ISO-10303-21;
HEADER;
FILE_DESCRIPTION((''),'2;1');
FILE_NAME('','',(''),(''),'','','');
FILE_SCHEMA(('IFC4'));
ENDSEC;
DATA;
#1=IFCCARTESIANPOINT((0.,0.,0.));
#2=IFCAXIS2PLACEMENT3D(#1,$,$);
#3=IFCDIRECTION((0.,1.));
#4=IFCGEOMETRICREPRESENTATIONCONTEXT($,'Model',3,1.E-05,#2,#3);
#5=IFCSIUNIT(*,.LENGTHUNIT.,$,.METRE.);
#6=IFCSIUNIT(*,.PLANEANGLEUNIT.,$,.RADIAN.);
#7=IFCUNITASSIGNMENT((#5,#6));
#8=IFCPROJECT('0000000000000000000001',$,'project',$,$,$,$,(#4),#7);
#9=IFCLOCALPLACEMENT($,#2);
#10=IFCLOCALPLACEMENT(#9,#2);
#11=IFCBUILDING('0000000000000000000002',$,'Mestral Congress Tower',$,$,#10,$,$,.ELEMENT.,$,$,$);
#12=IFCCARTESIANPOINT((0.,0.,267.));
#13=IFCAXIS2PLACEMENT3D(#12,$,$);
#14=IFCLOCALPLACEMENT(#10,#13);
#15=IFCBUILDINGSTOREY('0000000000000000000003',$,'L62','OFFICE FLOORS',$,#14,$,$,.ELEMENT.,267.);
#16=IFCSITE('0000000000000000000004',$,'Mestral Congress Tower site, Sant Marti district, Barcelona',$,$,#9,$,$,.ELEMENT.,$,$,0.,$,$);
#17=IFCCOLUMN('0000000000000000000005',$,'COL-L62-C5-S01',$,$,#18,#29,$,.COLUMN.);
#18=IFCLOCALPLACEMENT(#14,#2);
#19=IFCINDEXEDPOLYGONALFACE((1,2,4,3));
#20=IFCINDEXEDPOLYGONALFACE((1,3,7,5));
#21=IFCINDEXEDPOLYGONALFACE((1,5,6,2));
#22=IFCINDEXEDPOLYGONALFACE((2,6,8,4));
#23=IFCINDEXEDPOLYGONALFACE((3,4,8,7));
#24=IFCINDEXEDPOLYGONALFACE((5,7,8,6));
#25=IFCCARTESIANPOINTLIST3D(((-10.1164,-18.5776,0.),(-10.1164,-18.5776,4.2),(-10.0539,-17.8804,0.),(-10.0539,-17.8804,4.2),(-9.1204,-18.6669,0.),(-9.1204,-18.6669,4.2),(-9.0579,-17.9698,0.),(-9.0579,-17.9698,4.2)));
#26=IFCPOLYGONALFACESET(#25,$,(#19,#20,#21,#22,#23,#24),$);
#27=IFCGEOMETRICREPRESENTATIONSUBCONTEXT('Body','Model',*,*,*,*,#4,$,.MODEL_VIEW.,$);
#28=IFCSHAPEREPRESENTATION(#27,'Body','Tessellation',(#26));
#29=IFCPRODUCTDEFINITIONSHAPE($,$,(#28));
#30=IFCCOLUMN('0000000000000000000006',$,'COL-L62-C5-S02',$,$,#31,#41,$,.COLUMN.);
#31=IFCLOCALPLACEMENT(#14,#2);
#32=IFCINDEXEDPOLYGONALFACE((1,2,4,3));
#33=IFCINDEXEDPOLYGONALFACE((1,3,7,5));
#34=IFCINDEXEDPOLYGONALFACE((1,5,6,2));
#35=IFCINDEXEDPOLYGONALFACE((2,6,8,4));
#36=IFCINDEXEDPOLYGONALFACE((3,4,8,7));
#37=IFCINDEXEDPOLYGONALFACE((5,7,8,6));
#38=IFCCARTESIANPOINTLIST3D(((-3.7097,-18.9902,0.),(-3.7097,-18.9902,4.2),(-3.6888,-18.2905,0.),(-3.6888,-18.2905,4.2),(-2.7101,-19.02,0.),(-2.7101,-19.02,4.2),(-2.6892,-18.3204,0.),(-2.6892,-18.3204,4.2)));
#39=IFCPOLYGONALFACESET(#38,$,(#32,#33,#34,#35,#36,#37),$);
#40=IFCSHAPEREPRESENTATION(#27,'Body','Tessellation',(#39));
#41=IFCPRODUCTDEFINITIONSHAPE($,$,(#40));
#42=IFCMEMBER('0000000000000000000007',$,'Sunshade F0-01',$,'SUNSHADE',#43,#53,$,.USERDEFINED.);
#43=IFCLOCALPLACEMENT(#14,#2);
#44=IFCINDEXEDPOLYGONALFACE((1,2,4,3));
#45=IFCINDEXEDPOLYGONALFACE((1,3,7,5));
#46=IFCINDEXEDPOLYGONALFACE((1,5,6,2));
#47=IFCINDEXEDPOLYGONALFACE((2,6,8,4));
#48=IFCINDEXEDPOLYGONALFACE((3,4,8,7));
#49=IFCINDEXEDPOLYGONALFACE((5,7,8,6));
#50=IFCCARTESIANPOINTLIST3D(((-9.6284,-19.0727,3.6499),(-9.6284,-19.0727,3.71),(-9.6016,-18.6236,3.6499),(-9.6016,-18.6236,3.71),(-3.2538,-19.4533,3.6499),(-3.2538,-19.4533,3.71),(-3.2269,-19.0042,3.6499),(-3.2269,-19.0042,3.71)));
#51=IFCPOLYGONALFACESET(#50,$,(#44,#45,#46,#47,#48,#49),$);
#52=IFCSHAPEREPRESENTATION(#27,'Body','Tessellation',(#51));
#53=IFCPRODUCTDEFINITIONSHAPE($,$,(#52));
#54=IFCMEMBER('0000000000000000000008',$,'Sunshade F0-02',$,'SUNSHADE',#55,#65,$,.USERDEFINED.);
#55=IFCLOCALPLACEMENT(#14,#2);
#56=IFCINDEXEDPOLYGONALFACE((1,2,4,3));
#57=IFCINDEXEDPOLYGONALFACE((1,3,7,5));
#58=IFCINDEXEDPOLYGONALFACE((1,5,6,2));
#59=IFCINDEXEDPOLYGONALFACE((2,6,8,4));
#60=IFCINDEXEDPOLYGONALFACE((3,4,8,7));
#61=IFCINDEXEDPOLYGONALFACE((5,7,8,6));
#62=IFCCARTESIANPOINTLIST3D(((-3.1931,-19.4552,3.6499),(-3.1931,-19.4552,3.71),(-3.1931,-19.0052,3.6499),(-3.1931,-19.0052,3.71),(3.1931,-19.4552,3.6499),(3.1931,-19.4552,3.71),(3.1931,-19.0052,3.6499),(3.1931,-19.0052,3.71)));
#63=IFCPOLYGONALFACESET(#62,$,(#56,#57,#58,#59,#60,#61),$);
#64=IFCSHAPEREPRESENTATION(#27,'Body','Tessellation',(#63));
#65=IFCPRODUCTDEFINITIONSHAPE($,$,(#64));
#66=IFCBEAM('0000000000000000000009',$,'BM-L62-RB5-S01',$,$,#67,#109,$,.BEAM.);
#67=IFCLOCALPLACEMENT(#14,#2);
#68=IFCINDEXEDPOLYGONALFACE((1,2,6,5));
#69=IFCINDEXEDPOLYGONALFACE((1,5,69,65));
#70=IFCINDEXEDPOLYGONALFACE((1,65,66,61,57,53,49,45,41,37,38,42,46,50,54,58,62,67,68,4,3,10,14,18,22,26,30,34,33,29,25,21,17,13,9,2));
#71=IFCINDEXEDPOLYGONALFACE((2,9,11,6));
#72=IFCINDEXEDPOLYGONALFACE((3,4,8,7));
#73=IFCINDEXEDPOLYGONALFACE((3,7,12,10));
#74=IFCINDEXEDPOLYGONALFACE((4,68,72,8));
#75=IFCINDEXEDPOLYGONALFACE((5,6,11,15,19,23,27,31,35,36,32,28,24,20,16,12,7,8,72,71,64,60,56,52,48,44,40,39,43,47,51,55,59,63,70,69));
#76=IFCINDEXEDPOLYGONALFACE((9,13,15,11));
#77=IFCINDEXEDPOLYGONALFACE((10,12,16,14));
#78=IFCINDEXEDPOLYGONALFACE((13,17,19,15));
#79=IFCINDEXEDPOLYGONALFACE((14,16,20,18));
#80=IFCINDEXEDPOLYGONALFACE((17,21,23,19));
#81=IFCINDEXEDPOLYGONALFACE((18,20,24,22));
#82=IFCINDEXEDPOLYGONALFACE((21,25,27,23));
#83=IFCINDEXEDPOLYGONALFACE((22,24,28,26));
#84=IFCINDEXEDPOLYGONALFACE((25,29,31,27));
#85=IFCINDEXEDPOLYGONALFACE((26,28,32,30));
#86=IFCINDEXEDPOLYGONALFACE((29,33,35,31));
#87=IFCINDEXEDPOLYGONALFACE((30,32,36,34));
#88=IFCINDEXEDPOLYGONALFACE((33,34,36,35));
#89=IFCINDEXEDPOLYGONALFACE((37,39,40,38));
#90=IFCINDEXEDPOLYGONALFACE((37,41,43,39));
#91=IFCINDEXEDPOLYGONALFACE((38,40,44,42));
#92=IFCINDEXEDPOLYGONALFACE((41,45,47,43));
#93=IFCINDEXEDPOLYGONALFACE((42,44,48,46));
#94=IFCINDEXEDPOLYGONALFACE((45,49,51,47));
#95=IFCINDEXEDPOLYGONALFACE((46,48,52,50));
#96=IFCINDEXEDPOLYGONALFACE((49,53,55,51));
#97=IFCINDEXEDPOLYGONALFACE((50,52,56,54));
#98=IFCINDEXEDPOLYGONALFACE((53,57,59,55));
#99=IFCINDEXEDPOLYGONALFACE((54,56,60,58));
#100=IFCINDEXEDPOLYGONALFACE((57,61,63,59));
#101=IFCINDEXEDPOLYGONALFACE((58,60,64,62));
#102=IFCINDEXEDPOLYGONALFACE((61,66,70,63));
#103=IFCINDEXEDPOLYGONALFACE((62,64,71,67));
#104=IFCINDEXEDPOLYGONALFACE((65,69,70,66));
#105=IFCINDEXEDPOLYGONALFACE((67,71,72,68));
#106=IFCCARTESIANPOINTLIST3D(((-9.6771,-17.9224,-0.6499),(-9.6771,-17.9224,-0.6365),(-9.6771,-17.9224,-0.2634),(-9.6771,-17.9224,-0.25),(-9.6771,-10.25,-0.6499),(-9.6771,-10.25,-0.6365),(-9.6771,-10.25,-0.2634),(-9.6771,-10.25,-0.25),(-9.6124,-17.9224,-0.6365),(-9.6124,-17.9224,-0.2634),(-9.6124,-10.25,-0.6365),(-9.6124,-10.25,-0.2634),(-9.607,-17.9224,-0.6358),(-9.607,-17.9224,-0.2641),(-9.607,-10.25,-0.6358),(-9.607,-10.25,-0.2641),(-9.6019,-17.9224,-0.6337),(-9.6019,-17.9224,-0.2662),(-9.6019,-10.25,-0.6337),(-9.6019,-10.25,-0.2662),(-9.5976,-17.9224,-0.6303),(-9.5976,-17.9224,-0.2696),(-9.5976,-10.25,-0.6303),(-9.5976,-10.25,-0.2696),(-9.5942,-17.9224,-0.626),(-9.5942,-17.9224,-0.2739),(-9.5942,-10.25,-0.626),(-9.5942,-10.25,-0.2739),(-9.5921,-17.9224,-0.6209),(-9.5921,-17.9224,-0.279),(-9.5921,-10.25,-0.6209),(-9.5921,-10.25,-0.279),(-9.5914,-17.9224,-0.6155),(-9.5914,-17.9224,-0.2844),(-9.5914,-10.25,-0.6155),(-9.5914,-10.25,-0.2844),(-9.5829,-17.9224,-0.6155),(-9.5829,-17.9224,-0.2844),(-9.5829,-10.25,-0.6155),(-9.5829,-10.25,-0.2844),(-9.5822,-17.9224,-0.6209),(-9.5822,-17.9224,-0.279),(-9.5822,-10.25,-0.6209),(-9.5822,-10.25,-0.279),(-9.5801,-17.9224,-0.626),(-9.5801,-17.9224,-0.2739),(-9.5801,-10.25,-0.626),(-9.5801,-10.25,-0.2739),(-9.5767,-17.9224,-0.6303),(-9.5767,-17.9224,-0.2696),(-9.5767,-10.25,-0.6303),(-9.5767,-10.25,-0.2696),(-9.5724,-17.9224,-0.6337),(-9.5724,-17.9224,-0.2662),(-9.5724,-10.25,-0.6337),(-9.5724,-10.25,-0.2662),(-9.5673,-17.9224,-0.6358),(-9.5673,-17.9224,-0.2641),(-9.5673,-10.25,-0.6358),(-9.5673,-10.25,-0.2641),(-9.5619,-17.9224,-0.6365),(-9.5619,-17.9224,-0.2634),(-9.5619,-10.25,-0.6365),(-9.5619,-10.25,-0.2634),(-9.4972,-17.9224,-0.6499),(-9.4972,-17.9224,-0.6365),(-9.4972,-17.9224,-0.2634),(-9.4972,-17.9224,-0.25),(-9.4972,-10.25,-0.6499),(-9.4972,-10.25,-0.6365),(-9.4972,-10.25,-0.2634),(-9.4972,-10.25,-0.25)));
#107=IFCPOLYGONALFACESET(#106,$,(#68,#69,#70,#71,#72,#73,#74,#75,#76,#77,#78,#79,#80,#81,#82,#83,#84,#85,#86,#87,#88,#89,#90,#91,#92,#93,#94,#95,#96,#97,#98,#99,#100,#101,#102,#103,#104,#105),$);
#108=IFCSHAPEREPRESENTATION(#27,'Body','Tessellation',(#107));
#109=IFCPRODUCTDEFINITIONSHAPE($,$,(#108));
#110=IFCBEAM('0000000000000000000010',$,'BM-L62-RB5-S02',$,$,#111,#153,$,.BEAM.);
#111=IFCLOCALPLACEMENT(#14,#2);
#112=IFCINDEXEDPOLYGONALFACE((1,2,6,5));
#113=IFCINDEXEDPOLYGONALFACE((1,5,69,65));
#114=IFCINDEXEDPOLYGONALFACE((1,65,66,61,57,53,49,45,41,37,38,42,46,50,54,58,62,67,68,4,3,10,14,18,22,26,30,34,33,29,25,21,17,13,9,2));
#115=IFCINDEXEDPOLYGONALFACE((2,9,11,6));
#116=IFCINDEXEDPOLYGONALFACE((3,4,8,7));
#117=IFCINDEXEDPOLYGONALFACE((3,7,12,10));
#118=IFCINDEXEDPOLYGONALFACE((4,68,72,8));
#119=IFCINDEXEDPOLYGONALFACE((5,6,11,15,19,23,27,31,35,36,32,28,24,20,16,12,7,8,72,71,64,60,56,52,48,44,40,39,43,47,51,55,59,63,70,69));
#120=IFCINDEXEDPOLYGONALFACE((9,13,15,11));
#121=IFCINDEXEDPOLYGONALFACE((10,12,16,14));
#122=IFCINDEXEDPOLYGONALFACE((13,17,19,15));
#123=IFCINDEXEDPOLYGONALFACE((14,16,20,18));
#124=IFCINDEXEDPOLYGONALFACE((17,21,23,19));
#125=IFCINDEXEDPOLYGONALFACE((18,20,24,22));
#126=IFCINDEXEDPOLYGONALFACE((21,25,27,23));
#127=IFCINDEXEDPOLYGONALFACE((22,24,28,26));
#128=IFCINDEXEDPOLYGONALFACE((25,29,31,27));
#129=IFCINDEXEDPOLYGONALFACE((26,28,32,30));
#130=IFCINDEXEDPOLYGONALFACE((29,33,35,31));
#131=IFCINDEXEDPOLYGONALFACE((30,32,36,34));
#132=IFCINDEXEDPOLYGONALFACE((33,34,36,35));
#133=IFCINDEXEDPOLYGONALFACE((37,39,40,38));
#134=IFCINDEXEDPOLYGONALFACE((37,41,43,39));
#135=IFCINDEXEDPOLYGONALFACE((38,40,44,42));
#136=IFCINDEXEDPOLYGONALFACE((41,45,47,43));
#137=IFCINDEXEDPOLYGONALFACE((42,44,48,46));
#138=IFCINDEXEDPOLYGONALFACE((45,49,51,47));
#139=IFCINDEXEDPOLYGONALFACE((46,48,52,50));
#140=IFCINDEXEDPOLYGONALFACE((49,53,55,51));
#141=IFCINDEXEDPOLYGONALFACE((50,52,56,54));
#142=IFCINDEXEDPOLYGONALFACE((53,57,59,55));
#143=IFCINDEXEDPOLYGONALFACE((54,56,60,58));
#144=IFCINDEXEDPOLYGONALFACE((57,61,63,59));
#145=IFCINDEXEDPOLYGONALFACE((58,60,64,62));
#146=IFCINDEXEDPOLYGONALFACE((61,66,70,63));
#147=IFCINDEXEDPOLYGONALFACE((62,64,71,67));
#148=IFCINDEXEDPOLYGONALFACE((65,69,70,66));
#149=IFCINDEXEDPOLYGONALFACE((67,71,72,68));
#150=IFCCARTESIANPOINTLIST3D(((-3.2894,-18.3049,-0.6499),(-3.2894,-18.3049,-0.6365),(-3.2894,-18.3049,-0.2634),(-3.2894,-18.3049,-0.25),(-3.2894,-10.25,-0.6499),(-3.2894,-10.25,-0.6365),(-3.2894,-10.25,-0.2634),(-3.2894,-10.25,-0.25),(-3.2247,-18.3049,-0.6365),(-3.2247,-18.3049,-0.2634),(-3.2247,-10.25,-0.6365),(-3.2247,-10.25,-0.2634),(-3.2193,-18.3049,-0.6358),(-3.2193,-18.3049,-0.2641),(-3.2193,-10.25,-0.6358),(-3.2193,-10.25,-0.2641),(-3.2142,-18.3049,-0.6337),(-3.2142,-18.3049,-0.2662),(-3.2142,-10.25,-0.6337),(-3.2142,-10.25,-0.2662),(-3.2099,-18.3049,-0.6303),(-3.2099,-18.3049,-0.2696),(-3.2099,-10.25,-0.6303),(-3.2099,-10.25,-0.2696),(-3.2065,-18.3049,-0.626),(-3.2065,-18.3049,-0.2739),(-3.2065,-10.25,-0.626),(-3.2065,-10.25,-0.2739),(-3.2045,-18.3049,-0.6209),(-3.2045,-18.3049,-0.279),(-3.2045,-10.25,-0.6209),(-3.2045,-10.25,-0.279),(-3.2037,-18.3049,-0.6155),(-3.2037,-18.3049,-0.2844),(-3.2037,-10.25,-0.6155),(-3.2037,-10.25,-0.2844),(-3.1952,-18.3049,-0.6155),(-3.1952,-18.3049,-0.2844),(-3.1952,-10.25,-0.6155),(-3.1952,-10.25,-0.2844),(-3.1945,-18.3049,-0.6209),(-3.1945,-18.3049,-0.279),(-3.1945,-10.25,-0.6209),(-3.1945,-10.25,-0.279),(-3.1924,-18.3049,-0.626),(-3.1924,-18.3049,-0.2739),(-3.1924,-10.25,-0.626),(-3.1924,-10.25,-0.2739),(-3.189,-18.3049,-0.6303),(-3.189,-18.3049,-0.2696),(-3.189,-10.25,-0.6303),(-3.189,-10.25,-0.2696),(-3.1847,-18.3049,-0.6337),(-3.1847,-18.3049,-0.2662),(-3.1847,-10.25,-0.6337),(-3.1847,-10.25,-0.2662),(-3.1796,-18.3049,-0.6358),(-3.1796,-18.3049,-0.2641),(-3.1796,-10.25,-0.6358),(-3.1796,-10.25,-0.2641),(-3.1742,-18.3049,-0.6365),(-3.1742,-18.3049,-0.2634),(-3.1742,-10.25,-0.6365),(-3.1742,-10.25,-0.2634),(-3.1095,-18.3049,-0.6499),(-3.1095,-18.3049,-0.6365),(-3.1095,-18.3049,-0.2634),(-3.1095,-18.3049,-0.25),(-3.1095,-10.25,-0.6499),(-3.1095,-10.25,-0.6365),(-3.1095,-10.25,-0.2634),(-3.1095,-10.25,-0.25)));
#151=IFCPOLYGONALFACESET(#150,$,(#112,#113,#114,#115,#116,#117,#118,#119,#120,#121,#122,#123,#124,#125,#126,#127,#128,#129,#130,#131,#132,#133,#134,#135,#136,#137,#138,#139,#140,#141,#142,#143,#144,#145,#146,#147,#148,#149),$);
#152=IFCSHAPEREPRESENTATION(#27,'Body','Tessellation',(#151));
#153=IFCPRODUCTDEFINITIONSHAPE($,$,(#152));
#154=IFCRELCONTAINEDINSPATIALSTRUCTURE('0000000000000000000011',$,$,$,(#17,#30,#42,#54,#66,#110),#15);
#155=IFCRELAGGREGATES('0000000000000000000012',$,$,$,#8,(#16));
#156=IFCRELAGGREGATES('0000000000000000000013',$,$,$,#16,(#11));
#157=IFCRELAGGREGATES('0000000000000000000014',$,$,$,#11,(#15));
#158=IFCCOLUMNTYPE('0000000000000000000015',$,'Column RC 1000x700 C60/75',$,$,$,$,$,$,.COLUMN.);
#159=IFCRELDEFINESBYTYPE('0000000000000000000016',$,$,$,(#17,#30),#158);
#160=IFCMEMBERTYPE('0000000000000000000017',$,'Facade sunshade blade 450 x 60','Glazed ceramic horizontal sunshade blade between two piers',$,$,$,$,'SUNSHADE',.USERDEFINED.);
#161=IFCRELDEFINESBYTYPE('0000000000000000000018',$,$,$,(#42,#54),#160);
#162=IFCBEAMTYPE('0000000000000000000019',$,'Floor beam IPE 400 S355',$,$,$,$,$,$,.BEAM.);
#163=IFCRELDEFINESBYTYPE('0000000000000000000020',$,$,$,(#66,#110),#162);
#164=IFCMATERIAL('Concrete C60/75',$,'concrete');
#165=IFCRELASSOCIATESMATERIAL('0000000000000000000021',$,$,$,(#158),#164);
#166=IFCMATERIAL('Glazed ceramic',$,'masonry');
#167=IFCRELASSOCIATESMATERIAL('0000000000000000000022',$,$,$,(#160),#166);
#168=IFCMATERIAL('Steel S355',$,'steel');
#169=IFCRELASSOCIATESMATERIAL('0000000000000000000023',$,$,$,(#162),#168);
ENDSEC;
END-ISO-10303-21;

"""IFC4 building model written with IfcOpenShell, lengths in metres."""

from ifc_helpers import new_model, si_unit, direction, frame, origin, origin_2d, place, context, subcontext, project, spatial, rectangle, i_section, extrude, material, material_profile, profile_set, type_object, element, save


model = new_model("IFC4")

# Units and contexts
model_context = context("Model", 3, precision=1e-05, world=origin(), true_north=direction((0.0, 1.0)))
body_context = subcontext(model_context, "Body", "Model", "MODEL_VIEW")
ifc_project = project(units=[si_unit("LENGTHUNIT", "METRE"), si_unit("PLANEANGLEUNIT", "RADIAN")], contexts=[model_context])

# Site, building, storey
site_placement = place(None, origin())
site = spatial("IfcSite", under=ifc_project, at=site_placement, Name="Mestral Congress Tower site, Sant Marti district, Barcelona", CompositionType="ELEMENT", RefElevation=0.0)
building_placement = place(site_placement, origin())
building = spatial("IfcBuilding", under=site, at=building_placement, Name="Mestral Congress Tower", CompositionType="ELEMENT")
storey_placement = place(building_placement, frame((0.0, 0.0, 267.0)))
storey = spatial("IfcBuildingStorey", under=building, at=storey_placement, Name="L62", Description="OFFICE FLOORS", CompositionType="ELEMENT", Elevation=267.0)

# Columns
ifc_material_1 = material(Name="Concrete C60/75", Category="concrete")
ifc_material_profile_1 = material_profile(ifc_material_1, rectangle(XDim=1.0, YDim=0.7, at=origin_2d()), Name="RC 1000x700")
ifc_profile_set_1 = profile_set([ifc_material_profile_1], Name="Concrete C60/75")
column_type = type_object("IfcColumnType", Name="Column RC 1000x700 C60/75", PredefinedType="COLUMN", material=ifc_profile_set_1)
for number, where, z_axis, x_axis, name in (
    (1, (-9.5872, -18.2737, 0.0), (0.0, 0.0, 1.0), (0.995998, -0.089378, 0.0), "COL-L62-C5-S01"),
    (2, (-3.1995, -18.6553, 0.0), (0.0, 0.0, 1.0), (0.999555, -0.029828, 0.0), "COL-L62-C5-S02"),
):
    element("IfcColumn", number, at=place(storey_placement, frame(where, z_axis=z_axis, x_axis=x_axis)), inside=storey, type_object=column_type, Name=name, PredefinedType="COLUMN", context=body_context, shape_type="SweptSolid", body=[
        extrude(rectangle(XDim=1.0, YDim=0.7, at=origin_2d()), origin(), (0.0, 0.0, 1.0), 4.2),
    ])

# Members
ifc_material_2 = material(Name="Glazed ceramic", Category="masonry")
ifc_material_profile_2 = material_profile(ifc_material_2, rectangle(XDim=0.45, YDim=0.0601, at=origin_2d()), Name="Ceramic blade 450 x 60")
ifc_profile_set_2 = profile_set([ifc_material_profile_2], Name="Glazed ceramic")
member_type = type_object("IfcMemberType", Name="Facade sunshade blade 450 x 60", Description="Glazed ceramic horizontal sunshade blade between two piers", ElementType="SUNSHADE", PredefinedType="USERDEFINED", material=ifc_profile_set_2)
member_1_placement = place(storey_placement, frame((-9.615, -18.8481, 3.6799), z_axis=(0.998222, -0.059603, 0.0), x_axis=(0.059603, 0.998222, 0.0)))
element("IfcMember", 3, at=member_1_placement, inside=storey, type_object=member_type, Name="Sunshade F0-01", ObjectType="SUNSHADE", PredefinedType="USERDEFINED", context=body_context, shape_type="SweptSolid", body=[
    extrude(rectangle(XDim=0.45, YDim=0.0601, at=origin_2d()), origin(), (0.0, 0.0, 1.0), 6.386),
])
member_2_placement = place(storey_placement, frame((-3.1931, -19.2302, 3.6799), z_axis=(1.0, 0.0, 0.0), x_axis=(0.0, 1.0, 0.0)))
element("IfcMember", 4, at=member_2_placement, inside=storey, type_object=member_type, Name="Sunshade F0-02", ObjectType="SUNSHADE", PredefinedType="USERDEFINED", context=body_context, shape_type="SweptSolid", body=[
    extrude(rectangle(XDim=0.45, YDim=0.0601, at=origin_2d()), origin(), (0.0, 0.0, 1.0), 6.3862),
])

# Beams
ifc_material_3 = material(Name="Steel S355", Category="steel")
ifc_material_profile_3 = material_profile(ifc_material_3, i_section(OverallWidth=0.1799, OverallDepth=0.3999, WebThickness=0.0085, FlangeThickness=0.0134, FilletRadius=0.021, at=origin_2d()), Name="IPE 400")
ifc_profile_set_3 = profile_set([ifc_material_profile_3], Name="Steel S355")
beam_type_1 = type_object("IfcBeamType", Name="Floor beam IPE 400 S355", PredefinedType="BEAM", material=ifc_profile_set_3)
beam_1_placement = place(storey_placement, frame((-9.5872, -17.9224, -0.45), z_axis=(0.0, 1.0, 0.0), x_axis=(-1.0, 0.0, 0.0)))
element("IfcBeam", 5, at=beam_1_placement, inside=storey, type_object=beam_type_1, Name="BM-L62-RB5-S01", PredefinedType="BEAM", context=body_context, shape_type="SweptSolid", body=[
    extrude(i_section(OverallWidth=0.1799, OverallDepth=0.3999, WebThickness=0.0085, FlangeThickness=0.0134, FilletRadius=0.021, at=origin_2d()), origin(), (0.0, 0.0, 1.0), 7.6724),
])
beam_2_placement = place(storey_placement, frame((-3.1995, -18.3049, -0.45), z_axis=(0.0, 1.0, 0.0), x_axis=(-1.0, 0.0, 0.0)))
element("IfcBeam", 6, at=beam_2_placement, inside=storey, type_object=beam_type_1, Name="BM-L62-RB5-S02", PredefinedType="BEAM", context=body_context, shape_type="SweptSolid", body=[
    extrude(i_section(OverallWidth=0.1799, OverallDepth=0.3999, WebThickness=0.0085, FlangeThickness=0.0134, FilletRadius=0.021, at=origin_2d()), origin(), (0.0, 0.0, 1.0), 8.0549),
])

save(model, "model.ifc")
